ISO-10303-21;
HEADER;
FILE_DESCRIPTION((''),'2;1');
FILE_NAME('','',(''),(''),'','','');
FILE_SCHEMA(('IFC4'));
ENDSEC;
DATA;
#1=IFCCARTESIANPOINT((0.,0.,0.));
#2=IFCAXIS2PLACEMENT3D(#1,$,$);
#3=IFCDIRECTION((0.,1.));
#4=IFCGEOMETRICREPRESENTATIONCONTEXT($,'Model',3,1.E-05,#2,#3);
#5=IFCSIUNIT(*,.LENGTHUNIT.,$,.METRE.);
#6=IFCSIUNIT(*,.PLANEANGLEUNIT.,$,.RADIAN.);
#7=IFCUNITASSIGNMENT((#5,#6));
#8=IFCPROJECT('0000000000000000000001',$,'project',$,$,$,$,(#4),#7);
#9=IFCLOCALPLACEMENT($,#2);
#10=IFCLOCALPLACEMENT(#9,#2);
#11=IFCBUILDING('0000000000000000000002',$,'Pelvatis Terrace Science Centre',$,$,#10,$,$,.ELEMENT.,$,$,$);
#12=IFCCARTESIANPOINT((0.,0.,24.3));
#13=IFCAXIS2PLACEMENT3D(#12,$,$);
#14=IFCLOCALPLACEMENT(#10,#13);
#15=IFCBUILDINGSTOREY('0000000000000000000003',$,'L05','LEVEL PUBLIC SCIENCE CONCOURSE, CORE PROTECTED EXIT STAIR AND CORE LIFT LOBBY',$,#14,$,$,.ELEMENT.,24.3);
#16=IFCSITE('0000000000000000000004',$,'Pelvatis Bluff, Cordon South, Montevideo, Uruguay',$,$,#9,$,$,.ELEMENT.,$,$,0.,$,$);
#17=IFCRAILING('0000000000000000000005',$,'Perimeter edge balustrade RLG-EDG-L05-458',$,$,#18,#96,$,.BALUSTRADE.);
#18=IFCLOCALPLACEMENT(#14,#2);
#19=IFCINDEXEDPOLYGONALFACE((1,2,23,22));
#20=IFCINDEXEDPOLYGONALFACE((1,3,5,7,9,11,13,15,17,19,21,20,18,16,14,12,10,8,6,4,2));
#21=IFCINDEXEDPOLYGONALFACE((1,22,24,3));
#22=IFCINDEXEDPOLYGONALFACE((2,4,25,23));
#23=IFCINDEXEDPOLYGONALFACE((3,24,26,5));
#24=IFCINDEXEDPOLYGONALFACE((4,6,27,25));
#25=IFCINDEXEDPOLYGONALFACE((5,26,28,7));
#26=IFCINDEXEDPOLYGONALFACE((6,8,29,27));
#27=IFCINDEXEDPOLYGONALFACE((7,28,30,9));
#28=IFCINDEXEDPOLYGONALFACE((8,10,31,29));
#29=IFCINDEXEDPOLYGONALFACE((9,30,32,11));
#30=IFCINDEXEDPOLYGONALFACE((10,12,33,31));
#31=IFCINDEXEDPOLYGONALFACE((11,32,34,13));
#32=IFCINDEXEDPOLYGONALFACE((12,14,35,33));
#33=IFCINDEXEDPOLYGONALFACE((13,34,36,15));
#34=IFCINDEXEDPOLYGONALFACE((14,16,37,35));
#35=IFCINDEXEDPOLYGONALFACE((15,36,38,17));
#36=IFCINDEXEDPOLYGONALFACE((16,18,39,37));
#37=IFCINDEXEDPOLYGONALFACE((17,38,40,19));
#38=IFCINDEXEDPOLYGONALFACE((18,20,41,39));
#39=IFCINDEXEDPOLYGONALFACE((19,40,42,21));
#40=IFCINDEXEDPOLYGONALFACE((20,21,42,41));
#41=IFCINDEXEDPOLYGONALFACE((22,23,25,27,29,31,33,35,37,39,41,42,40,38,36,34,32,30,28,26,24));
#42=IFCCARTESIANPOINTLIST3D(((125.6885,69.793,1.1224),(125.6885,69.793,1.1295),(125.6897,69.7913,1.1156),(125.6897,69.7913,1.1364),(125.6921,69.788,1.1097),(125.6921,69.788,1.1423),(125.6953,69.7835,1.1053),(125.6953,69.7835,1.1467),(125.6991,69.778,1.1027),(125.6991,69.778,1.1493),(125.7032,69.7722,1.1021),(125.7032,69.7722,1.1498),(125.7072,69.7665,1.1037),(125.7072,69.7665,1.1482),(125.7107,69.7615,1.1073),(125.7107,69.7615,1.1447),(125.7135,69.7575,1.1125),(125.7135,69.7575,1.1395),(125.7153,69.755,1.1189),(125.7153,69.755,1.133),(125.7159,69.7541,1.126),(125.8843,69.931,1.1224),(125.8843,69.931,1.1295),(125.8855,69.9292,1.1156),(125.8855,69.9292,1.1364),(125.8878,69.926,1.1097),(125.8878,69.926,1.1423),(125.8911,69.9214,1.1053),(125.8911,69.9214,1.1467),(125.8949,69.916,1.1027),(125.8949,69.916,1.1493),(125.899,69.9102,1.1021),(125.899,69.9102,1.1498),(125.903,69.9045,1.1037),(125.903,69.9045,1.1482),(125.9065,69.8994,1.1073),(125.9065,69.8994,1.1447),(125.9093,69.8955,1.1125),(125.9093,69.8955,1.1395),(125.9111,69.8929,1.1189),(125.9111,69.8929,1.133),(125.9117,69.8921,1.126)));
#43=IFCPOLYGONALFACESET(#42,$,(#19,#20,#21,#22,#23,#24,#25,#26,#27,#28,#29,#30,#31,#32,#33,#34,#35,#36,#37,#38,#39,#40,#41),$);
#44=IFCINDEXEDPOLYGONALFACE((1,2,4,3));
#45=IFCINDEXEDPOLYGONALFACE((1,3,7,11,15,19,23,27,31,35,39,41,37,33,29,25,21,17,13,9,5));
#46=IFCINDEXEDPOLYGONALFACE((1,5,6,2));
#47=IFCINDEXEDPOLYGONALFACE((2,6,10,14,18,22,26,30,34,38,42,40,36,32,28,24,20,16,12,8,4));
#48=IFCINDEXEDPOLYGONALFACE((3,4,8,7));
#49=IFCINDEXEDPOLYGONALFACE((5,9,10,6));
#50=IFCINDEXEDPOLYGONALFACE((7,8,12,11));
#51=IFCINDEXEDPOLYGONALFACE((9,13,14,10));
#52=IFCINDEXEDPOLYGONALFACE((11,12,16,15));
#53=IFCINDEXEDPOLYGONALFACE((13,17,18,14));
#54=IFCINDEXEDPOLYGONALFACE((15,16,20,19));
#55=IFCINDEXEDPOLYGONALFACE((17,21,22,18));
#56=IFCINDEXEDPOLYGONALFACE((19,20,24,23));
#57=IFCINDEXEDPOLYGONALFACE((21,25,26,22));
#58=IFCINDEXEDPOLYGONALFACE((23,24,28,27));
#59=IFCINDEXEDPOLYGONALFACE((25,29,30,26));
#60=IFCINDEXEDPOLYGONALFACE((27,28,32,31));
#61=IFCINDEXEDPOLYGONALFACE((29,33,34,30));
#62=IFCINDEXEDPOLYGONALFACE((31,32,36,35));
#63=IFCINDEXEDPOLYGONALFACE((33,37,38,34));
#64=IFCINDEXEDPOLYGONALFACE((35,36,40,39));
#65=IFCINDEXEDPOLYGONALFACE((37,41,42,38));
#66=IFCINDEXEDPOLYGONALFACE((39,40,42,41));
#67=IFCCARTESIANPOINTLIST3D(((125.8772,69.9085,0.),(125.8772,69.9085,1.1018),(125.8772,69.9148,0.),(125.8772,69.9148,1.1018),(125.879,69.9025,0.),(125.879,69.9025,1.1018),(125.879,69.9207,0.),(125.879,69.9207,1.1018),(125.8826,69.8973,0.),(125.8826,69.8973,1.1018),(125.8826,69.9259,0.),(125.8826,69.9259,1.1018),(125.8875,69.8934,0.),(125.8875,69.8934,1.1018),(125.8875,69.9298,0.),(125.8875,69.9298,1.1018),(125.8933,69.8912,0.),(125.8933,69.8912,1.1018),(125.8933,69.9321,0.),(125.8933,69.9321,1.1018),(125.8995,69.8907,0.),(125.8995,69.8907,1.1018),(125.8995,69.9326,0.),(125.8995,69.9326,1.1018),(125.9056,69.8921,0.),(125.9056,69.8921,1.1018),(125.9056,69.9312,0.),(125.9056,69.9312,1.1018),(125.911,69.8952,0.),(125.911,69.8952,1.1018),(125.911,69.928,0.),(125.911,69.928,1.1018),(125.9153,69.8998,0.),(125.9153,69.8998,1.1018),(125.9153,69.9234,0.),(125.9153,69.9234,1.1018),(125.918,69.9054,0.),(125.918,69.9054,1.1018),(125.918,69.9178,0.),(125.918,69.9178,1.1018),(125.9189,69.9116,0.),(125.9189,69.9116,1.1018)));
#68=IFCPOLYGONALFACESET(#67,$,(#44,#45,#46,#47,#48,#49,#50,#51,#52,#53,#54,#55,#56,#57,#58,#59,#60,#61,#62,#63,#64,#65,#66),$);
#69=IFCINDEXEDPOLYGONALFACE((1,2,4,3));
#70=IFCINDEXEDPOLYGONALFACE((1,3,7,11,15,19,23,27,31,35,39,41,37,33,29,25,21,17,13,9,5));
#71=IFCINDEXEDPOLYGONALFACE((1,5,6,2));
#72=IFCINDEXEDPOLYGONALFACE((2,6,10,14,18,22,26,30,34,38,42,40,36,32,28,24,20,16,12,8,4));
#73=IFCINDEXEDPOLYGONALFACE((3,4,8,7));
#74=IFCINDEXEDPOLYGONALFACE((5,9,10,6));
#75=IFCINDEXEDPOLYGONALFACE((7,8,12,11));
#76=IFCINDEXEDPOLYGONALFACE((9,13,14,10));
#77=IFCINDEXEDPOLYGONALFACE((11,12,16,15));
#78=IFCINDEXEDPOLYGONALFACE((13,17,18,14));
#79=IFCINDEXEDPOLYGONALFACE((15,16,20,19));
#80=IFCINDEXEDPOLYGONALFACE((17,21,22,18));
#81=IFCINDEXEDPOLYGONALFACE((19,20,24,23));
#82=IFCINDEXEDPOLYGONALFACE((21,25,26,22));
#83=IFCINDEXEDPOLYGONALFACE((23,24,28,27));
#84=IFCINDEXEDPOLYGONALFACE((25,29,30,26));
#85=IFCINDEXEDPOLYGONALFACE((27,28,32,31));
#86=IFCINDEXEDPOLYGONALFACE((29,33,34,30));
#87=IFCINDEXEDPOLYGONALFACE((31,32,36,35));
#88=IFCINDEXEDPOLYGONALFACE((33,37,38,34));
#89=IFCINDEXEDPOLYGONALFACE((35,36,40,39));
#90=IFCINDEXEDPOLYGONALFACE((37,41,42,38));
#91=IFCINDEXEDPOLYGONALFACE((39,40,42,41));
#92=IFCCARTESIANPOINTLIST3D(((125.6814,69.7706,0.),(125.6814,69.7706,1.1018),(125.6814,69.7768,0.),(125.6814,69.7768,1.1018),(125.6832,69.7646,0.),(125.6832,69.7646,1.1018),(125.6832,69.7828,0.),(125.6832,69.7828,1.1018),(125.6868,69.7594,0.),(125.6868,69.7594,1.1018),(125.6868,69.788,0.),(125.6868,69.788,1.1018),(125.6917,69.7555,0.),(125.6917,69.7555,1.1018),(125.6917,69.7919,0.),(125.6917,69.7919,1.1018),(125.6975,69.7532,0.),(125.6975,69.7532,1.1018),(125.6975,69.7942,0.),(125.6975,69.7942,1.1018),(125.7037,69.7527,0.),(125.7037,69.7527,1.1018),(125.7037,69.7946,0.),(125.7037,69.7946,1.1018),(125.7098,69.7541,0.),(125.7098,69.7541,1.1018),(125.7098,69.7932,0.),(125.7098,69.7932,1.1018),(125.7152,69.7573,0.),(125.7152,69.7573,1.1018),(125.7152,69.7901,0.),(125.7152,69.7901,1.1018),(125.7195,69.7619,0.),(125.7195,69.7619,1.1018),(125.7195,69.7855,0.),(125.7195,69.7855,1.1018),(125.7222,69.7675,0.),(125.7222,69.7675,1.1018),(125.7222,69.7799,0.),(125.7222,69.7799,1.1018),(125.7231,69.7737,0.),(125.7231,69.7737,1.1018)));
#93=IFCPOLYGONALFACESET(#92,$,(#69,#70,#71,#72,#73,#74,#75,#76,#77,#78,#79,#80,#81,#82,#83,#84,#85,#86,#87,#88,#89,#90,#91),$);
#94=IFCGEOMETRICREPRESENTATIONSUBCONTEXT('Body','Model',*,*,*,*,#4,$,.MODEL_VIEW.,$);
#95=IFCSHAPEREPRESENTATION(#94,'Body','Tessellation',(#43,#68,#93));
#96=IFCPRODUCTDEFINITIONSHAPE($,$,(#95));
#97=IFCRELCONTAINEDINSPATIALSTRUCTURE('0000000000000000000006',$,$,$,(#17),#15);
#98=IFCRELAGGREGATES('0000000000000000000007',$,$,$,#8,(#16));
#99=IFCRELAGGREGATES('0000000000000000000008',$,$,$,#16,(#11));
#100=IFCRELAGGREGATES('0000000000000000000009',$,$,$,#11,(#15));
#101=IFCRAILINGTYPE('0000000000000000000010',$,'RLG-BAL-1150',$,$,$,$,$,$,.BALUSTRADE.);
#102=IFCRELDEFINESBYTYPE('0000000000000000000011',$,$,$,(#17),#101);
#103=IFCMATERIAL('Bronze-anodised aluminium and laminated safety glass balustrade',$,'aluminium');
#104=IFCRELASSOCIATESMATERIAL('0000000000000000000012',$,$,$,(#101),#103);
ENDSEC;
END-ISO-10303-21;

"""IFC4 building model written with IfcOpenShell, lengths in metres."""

from ifc_helpers import new_model, si_unit, direction, frame, origin, origin_2d, place, context, subcontext, project, spatial, circle, extrude, material, type_object, element, save


model = new_model("IFC4")

# Units and contexts
model_context = context("Model", 3, precision=1e-05, world=origin(), true_north=direction((0.0, 1.0)))
body_context = subcontext(model_context, "Body", "Model", "MODEL_VIEW")
ifc_project = project(units=[si_unit("LENGTHUNIT", "METRE"), si_unit("PLANEANGLEUNIT", "RADIAN")], contexts=[model_context])

# Site, building, storey
site_placement = place(None, origin())
site = spatial("IfcSite", under=ifc_project, at=site_placement, Name="Pelvatis Bluff, Cordon South, Montevideo, Uruguay", CompositionType="ELEMENT", RefElevation=0.0)
building_placement = place(site_placement, origin())
building = spatial("IfcBuilding", under=site, at=building_placement, Name="Pelvatis Terrace Science Centre", CompositionType="ELEMENT")
storey_placement = place(building_placement, frame((0.0, 0.0, 24.3)))
storey = spatial("IfcBuildingStorey", under=building, at=storey_placement, Name="L05", Description="LEVEL PUBLIC SCIENCE CONCOURSE, CORE PROTECTED EXIT STAIR AND CORE LIFT LOBBY", CompositionType="ELEMENT", Elevation=24.3)

# Railing
ifc_material_1 = material(Name="Bronze-anodised aluminium and laminated safety glass balustrade", Category="aluminium")
railing_type = type_object("IfcRailingType", Name="RLG-BAL-1150", PredefinedType="BALUSTRADE", material=ifc_material_1)
railing_1_placement = place(storey_placement, frame((125.8979, 69.9116, 0.0)))
element("IfcRailing", 1, at=railing_1_placement, inside=storey, type_object=railing_type, Name="Perimeter edge balustrade RLG-EDG-L05-458", PredefinedType="BALUSTRADE", context=body_context, shape_type="SweptSolid", body=[
    extrude(circle(Radius=0.0239, at=origin_2d()), frame((0.0, 0.0, 1.126), z_axis=(-0.817504, -0.575923, 0.0), x_axis=(0.575923, -0.817504, 0.0)), (0.0, 0.0, 1.0), 0.2395),
    extrude(circle(Radius=0.021, at=origin_2d()), origin(), (0.0, 0.0, 1.0), 1.1018),
    extrude(circle(Radius=0.021, at=origin_2d()), frame((-0.1958, -0.1379, 0.0)), (0.0, 0.0, 1.0), 1.1018),
])

save(model, "model.ifc")
